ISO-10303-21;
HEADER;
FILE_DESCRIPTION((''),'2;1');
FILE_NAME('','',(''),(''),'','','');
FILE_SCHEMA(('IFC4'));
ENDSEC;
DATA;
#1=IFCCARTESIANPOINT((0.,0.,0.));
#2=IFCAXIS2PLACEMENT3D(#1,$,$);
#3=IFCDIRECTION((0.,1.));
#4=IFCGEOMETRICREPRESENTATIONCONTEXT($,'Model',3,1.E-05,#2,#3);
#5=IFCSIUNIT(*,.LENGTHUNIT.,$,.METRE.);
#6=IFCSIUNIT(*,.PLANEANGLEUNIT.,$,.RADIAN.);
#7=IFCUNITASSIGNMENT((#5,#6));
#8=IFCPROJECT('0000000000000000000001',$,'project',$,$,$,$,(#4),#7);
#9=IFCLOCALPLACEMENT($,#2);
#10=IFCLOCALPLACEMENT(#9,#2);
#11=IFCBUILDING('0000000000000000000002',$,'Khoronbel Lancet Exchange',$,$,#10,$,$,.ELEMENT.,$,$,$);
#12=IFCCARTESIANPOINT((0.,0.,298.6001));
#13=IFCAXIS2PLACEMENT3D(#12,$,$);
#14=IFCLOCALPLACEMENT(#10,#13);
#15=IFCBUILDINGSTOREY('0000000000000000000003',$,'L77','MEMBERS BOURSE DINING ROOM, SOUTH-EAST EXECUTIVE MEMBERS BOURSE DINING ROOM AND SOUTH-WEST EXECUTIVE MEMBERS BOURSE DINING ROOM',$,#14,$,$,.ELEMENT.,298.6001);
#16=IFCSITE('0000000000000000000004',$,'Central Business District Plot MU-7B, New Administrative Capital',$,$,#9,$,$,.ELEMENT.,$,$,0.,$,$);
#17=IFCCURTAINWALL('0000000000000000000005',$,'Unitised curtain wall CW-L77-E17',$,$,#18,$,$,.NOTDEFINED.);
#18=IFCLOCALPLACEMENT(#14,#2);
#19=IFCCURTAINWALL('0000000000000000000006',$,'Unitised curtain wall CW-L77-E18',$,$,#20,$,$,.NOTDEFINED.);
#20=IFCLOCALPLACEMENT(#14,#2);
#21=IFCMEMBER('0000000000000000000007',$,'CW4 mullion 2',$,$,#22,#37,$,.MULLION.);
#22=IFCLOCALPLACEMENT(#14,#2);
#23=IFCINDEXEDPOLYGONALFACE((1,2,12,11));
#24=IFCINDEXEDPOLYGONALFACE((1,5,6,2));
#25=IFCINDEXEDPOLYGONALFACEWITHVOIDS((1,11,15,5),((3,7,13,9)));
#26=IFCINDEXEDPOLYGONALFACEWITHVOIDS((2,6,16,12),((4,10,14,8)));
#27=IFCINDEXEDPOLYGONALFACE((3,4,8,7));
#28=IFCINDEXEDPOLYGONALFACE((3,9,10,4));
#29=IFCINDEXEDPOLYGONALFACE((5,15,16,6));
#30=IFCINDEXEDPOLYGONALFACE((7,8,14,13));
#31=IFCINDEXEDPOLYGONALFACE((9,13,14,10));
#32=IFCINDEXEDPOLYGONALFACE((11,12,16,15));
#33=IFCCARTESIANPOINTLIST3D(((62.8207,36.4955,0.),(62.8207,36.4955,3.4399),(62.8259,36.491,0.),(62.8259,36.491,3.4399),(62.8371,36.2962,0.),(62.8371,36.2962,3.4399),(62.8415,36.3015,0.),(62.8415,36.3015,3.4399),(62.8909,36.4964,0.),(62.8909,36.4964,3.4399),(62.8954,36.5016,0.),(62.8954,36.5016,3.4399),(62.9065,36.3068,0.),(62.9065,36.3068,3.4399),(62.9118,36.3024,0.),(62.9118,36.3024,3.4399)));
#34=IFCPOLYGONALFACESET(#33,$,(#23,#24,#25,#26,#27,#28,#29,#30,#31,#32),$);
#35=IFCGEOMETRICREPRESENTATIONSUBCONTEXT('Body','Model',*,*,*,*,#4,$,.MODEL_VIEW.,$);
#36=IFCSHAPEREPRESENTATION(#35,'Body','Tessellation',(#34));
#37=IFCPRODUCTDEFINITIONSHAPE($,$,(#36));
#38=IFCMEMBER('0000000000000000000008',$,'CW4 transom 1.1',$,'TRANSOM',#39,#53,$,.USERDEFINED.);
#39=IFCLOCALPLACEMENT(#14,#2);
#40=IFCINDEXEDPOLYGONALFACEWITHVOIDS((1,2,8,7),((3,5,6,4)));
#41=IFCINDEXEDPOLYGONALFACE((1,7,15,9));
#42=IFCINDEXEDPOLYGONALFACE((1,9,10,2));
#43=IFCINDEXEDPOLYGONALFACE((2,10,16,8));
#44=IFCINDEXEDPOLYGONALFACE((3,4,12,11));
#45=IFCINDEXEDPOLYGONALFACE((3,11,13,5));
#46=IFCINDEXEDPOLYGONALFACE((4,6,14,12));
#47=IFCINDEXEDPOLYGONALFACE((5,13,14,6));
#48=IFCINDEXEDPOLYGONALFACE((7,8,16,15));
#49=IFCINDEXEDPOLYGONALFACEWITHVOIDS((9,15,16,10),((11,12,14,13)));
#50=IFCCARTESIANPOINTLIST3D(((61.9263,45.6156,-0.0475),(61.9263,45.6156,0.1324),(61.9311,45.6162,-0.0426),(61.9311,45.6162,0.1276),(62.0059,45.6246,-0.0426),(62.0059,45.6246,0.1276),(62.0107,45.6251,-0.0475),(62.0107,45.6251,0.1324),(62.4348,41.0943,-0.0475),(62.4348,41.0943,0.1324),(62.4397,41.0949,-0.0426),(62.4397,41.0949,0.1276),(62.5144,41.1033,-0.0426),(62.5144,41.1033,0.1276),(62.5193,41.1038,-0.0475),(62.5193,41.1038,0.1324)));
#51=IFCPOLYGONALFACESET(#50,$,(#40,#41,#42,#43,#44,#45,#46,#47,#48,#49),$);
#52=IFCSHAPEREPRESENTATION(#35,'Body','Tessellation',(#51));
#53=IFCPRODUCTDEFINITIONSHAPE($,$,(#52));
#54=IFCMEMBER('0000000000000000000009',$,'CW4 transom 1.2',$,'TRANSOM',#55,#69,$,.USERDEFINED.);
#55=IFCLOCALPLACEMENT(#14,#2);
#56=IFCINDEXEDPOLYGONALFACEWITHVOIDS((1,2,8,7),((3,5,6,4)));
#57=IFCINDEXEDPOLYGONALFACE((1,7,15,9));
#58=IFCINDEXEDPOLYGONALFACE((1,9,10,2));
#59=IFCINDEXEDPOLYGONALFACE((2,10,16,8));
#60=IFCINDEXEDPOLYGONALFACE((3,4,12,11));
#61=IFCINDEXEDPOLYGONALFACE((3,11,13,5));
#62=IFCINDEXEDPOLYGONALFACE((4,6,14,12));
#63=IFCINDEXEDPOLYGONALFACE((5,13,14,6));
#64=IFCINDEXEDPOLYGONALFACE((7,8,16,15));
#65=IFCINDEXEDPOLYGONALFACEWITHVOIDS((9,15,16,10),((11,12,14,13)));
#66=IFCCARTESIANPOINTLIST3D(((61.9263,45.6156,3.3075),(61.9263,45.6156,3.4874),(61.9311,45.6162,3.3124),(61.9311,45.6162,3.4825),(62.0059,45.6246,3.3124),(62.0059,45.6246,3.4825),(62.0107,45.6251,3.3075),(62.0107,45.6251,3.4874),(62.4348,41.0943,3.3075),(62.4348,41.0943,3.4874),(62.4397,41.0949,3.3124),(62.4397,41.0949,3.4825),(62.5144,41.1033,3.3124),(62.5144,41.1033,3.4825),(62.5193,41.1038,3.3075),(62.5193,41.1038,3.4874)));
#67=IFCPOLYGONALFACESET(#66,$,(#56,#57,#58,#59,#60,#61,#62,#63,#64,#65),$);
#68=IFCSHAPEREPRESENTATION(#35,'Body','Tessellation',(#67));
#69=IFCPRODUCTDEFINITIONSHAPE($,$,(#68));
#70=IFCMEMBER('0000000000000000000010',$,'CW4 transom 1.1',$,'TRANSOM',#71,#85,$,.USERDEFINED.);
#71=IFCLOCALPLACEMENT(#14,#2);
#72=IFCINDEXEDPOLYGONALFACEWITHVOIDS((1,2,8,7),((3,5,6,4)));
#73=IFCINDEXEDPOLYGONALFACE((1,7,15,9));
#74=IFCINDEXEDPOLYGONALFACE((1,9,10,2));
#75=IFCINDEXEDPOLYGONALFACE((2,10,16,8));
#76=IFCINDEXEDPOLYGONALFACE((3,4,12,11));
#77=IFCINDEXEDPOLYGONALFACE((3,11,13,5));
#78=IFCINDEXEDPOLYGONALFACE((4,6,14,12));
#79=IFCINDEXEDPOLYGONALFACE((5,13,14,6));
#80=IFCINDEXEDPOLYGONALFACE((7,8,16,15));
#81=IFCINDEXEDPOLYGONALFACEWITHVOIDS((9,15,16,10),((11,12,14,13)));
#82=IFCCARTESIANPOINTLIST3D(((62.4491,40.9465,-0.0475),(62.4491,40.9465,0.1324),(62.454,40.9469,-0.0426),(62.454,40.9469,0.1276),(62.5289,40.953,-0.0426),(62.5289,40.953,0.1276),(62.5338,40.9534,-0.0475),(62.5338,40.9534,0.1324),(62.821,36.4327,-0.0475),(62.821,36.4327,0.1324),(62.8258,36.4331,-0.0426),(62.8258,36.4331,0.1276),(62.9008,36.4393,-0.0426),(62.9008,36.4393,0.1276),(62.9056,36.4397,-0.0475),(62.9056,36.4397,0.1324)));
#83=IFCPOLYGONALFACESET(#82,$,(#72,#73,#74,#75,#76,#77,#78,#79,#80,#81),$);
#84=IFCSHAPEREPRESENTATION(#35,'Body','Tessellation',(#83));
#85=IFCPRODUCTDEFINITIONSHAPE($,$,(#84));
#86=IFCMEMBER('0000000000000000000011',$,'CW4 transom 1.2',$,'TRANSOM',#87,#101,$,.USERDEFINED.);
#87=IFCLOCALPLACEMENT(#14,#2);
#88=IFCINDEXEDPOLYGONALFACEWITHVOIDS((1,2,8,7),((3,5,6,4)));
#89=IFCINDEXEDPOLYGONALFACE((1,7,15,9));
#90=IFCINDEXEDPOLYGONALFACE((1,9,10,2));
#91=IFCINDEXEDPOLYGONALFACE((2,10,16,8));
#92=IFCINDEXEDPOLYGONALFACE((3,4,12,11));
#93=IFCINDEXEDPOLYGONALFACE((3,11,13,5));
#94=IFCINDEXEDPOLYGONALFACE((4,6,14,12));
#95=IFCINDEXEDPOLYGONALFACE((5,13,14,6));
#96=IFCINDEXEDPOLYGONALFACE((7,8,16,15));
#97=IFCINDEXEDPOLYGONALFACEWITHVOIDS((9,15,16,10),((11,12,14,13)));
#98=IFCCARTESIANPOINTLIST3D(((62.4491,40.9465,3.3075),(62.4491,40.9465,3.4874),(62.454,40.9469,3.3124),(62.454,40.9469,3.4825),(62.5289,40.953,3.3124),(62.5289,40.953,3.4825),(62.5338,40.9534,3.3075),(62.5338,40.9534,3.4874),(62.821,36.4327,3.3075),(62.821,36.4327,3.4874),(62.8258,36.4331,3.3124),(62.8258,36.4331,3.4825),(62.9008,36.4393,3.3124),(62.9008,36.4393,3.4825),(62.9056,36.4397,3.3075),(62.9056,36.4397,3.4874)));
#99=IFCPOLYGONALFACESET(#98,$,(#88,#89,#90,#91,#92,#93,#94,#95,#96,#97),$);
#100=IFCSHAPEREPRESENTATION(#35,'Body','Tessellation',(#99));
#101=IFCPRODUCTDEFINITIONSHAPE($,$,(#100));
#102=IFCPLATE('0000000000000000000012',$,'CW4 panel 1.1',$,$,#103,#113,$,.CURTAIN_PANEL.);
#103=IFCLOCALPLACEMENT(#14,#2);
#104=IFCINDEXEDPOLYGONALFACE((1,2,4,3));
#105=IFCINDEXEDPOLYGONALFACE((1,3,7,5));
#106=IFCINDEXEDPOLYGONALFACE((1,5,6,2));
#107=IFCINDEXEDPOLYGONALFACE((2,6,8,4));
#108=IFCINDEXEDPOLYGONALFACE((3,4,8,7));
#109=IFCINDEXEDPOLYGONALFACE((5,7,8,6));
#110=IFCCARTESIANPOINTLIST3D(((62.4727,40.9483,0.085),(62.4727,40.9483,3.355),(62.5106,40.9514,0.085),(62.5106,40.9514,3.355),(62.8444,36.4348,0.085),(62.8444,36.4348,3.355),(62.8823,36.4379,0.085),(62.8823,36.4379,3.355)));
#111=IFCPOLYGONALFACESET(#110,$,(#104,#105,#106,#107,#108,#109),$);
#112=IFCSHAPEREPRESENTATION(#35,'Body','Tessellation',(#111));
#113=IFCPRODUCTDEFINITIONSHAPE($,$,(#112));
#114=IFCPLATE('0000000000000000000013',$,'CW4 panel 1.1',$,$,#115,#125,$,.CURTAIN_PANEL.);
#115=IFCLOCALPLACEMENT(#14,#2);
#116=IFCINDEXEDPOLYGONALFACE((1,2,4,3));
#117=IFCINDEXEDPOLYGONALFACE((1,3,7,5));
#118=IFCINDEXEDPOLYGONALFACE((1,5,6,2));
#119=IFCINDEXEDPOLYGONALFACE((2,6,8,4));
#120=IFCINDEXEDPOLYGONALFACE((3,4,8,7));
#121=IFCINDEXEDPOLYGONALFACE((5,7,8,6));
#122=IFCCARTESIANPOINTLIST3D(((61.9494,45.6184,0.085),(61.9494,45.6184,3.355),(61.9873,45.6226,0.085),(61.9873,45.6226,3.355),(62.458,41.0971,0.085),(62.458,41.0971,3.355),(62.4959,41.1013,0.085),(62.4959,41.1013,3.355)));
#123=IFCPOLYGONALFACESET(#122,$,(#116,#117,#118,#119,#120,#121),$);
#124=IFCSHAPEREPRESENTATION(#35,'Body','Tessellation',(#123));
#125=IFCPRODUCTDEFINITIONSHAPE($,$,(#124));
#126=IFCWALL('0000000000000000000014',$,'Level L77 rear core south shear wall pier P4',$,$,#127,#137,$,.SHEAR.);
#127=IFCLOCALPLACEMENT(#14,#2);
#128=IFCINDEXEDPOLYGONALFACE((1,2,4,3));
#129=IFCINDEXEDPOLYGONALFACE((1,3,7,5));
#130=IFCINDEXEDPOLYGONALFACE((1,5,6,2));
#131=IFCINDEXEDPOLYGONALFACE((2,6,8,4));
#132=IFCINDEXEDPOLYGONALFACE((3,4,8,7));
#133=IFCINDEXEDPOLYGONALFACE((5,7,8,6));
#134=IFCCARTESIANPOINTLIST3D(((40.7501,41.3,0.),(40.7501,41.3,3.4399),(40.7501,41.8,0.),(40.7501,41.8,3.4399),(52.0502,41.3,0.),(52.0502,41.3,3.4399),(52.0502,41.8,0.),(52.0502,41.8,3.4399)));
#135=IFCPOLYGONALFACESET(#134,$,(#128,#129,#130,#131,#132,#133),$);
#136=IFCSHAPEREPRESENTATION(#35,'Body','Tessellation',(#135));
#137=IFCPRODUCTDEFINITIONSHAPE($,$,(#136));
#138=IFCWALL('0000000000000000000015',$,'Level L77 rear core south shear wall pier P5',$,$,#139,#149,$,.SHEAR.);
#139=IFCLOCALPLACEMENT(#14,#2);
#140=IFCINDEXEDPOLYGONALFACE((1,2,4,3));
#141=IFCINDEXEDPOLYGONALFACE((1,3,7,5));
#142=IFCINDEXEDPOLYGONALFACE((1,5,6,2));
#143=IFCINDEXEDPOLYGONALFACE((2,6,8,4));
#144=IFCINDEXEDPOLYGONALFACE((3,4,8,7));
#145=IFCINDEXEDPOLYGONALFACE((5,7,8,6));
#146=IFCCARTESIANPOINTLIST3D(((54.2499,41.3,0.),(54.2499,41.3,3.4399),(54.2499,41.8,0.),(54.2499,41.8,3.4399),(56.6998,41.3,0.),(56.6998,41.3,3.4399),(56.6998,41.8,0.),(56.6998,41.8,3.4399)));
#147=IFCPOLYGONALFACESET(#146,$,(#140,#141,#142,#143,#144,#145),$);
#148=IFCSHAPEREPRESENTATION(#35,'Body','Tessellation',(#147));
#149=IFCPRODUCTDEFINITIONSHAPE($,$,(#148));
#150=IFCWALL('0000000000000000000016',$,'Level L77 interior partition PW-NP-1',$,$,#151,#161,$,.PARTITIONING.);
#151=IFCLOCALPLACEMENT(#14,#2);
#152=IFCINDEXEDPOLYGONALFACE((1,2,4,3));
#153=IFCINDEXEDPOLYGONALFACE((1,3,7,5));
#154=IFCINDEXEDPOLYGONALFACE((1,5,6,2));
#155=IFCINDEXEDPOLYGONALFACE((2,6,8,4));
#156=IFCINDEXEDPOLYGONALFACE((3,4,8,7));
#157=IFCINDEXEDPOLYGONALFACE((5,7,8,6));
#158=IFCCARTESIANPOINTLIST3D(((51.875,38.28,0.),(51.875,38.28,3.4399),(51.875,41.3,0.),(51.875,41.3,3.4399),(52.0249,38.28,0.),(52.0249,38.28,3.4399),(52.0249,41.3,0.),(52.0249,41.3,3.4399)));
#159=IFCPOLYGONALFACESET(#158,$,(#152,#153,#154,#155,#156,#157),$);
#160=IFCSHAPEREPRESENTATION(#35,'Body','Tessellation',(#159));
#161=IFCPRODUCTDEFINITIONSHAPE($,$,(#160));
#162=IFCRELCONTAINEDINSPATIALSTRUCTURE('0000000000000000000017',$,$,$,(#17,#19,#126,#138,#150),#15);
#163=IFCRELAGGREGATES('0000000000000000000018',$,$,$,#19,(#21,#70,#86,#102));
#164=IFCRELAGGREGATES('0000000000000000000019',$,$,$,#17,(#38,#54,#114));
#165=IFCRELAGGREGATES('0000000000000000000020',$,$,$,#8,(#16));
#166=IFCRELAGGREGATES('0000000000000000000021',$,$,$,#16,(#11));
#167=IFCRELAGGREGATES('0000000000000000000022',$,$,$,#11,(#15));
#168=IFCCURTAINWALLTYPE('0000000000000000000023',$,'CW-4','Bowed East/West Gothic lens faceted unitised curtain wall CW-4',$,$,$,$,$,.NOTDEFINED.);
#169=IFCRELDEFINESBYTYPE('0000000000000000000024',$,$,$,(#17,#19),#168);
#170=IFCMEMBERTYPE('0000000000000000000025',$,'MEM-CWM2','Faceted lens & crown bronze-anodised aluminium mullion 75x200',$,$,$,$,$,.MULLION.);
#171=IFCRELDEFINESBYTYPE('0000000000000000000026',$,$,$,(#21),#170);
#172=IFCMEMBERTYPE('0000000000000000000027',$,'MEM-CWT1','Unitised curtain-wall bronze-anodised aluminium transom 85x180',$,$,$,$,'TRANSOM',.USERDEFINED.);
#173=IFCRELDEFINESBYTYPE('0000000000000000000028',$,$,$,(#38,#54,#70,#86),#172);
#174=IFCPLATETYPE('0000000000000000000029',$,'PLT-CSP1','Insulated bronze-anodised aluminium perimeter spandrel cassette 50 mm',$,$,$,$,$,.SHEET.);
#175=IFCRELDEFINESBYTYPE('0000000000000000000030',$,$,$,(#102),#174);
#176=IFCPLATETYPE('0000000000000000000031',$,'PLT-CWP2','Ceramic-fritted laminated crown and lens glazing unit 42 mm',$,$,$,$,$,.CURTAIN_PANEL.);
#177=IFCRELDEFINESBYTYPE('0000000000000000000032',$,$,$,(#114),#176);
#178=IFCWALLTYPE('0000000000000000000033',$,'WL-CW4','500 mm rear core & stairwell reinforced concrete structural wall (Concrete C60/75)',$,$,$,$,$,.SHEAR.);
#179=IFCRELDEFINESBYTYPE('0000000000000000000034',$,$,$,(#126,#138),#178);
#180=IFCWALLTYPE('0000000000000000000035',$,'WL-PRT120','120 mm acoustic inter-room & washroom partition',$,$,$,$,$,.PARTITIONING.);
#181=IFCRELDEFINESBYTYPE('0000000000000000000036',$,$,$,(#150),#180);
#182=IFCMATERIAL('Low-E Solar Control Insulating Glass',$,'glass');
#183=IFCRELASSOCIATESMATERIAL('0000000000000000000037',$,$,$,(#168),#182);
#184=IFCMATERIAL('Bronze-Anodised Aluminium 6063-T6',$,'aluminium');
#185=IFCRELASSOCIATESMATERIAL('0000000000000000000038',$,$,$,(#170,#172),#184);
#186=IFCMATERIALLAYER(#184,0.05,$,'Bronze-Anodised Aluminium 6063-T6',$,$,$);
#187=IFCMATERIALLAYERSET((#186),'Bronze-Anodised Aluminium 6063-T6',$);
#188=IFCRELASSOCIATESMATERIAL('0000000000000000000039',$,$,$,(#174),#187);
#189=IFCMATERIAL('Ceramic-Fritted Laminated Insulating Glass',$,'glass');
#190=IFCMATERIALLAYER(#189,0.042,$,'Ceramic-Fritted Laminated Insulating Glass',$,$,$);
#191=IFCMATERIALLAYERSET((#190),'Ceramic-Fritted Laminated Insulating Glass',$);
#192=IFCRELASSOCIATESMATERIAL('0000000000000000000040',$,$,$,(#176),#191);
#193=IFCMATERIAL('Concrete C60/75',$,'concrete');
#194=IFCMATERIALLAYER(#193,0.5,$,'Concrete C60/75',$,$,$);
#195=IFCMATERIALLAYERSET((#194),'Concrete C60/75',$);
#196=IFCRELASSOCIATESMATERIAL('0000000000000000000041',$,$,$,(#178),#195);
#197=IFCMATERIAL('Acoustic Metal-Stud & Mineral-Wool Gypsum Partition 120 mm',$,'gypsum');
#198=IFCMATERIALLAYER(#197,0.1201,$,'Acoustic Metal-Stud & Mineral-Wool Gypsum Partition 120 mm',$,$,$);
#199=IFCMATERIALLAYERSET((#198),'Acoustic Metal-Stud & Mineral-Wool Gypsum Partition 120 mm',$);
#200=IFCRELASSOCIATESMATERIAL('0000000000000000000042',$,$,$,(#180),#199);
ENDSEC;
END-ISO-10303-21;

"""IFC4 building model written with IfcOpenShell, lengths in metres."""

from ifc_helpers import new_model, si_unit, direction, frame, frame_2d, origin, origin_2d, place, context, subcontext, project, spatial, rectangle, hollow_rectangle, extrude, material, layer, layer_set, material_profile, profile_set, type_object, element, aggregate, save


model = new_model("IFC4")

# Units and contexts
model_context = context("Model", 3, precision=1e-05, world=origin(), true_north=direction((0.0, 1.0)))
body_context = subcontext(model_context, "Body", "Model", "MODEL_VIEW")
ifc_project = project(units=[si_unit("LENGTHUNIT", "METRE"), si_unit("PLANEANGLEUNIT", "RADIAN")], contexts=[model_context])

# Site, building, storey
site_placement = place(None, origin())
site = spatial("IfcSite", under=ifc_project, at=site_placement, Name="Central Business District Plot MU-7B, New Administrative Capital", CompositionType="ELEMENT", RefElevation=0.0)
building_placement = place(site_placement, origin())
building = spatial("IfcBuilding", under=site, at=building_placement, Name="Khoronbel Lancet Exchange", CompositionType="ELEMENT")
storey_placement = place(building_placement, frame((0.0, 0.0, 298.6001)))
storey = spatial("IfcBuildingStorey", under=building, at=storey_placement, Name="L77", Description="MEMBERS BOURSE DINING ROOM, SOUTH-EAST EXECUTIVE MEMBERS BOURSE DINING ROOM AND SOUTH-WEST EXECUTIVE MEMBERS BOURSE DINING ROOM", CompositionType="ELEMENT", Elevation=298.6001)

# Shared definitions
ifc_material_1 = material(Name="Concrete C60/75", Category="concrete")

# Curtain walls, member
ifc_material_2 = material(Name="Low-E Solar Control Insulating Glass", Category="glass")
curtain_wall_type = type_object("IfcCurtainWallType", Name="CW-4", Description="Bowed East/West Gothic lens faceted unitised curtain wall CW-4", PredefinedType="NOTDEFINED", material=ifc_material_2)
curtain_wall_1_placement = place(storey_placement, origin())
curtain_wall_1 = element("IfcCurtainWall", 1, at=curtain_wall_1_placement, inside=storey, type_object=curtain_wall_type, Name="Unitised curtain wall CW-L77-E17", PredefinedType="NOTDEFINED")
ifc_material_3 = material(Name="Bronze-Anodised Aluminium 6063-T6", Category="aluminium")
ifc_material_profile_1 = material_profile(ifc_material_3, hollow_rectangle(XDim=0.075, YDim=0.2, WallThickness=0.0049, at=origin_2d()), Name="ALU MULLION 75x200")
ifc_profile_set_1 = profile_set([ifc_material_profile_1], Name="Bronze-Anodised Aluminium 6063-T6")
member_type_1 = type_object("IfcMemberType", Name="MEM-CWM2", Description="Faceted lens & crown bronze-anodised aluminium mullion 75x200", PredefinedType="MULLION", material=ifc_profile_set_1)
curtain_wall_2_placement = place(storey_placement, origin())
curtain_wall_2 = element("IfcCurtainWall", 2, at=curtain_wall_2_placement, inside=storey, type_object=curtain_wall_type, Name="Unitised curtain wall CW-L77-E18", PredefinedType="NOTDEFINED")
member_1_placement = place(storey_placement, frame((62.8662, 36.3989, 0.0), z_axis=(0.0, 0.0, 1.0), x_axis=(0.996626, 0.082073, 0.0)))
member_1 = element("IfcMember", 3, at=member_1_placement, type_object=member_type_1, Name="CW4 mullion 2", PredefinedType="MULLION", context=body_context, shape_type="SweptSolid", body=[
    extrude(hollow_rectangle(XDim=0.075, YDim=0.2, WallThickness=0.0049, at=origin_2d()), origin(), (0.0, 0.0, 1.0), 3.4399),
])

# Members
ifc_material_profile_2 = material_profile(ifc_material_3, hollow_rectangle(XDim=0.085, YDim=0.1799, WallThickness=0.0049, at=origin_2d()), Name="ALU TRANSOM 85x180")
ifc_profile_set_2 = profile_set([ifc_material_profile_2], Name="Bronze-Anodised Aluminium 6063-T6")
member_type_2 = type_object("IfcMemberType", Name="MEM-CWT1", Description="Unitised curtain-wall bronze-anodised aluminium transom 85x180", ElementType="TRANSOM", PredefinedType="USERDEFINED", material=ifc_profile_set_2)
member_2_placement = place(storey_placement, frame((61.9685, 45.6204, 0.0425), z_axis=(0.111774, -0.993734, 0.0), x_axis=(0.993734, 0.111774, 0.0)))
member_2 = element("IfcMember", 4, at=member_2_placement, type_object=member_type_2, Name="CW4 transom 1.1", ObjectType="TRANSOM", PredefinedType="USERDEFINED", context=body_context, shape_type="SweptSolid", body=[
    extrude(hollow_rectangle(XDim=0.085, YDim=0.1799, WallThickness=0.0049, at=origin_2d()), origin(), (0.0, 0.0, 1.0), 4.5498),
])
member_3_placement = place(storey_placement, frame((61.9685, 45.6204, 3.3975), z_axis=(0.111774, -0.993734, 0.0), x_axis=(0.993734, 0.111774, 0.0)))
member_3 = element("IfcMember", 5, at=member_3_placement, type_object=member_type_2, Name="CW4 transom 1.2", ObjectType="TRANSOM", PredefinedType="USERDEFINED", context=body_context, shape_type="SweptSolid", body=[
    extrude(hollow_rectangle(XDim=0.085, YDim=0.1799, WallThickness=0.0049, at=origin_2d()), origin(), (0.0, 0.0, 1.0), 4.5498),
])
member_4_placement = place(storey_placement, frame((62.4915, 40.95, 0.0425), z_axis=(0.0821, -0.996624, 0.0), x_axis=(0.996624, 0.0821, 0.0)))
member_4 = element("IfcMember", 6, at=member_4_placement, type_object=member_type_2, Name="CW4 transom 1.1", ObjectType="TRANSOM", PredefinedType="USERDEFINED", context=body_context, shape_type="SweptSolid", body=[
    extrude(hollow_rectangle(XDim=0.085, YDim=0.1799, WallThickness=0.0049, at=origin_2d()), origin(), (0.0, 0.0, 1.0), 4.5291),
])
member_5_placement = place(storey_placement, frame((62.4915, 40.95, 3.3975), z_axis=(0.0821, -0.996624, 0.0), x_axis=(0.996624, 0.0821, 0.0)))
member_5 = element("IfcMember", 7, at=member_5_placement, type_object=member_type_2, Name="CW4 transom 1.2", ObjectType="TRANSOM", PredefinedType="USERDEFINED", context=body_context, shape_type="SweptSolid", body=[
    extrude(hollow_rectangle(XDim=0.085, YDim=0.1799, WallThickness=0.0049, at=origin_2d()), origin(), (0.0, 0.0, 1.0), 4.5291),
])

# Plates
ifc_layer_1 = layer(ifc_material_3, 0.05, Name="Bronze-Anodised Aluminium 6063-T6")
ifc_layer_set_1 = layer_set([ifc_layer_1], Name="Bronze-Anodised Aluminium 6063-T6")
plate_type_1 = type_object("IfcPlateType", Name="PLT-CSP1", Description="Insulated bronze-anodised aluminium perimeter spandrel cassette 50 mm", PredefinedType="SHEET", material=ifc_layer_set_1)
plate_1_placement = place(storey_placement, frame((62.6775, 38.6931, 0.085), z_axis=(0.0, 0.0, 1.0), x_axis=(0.082073, -0.996626, 0.0)))
plate_1 = element("IfcPlate", 8, at=plate_1_placement, type_object=plate_type_1, Name="CW4 panel 1.1", PredefinedType="CURTAIN_PANEL", context=body_context, shape_type="SweptSolid", body=[
    extrude(rectangle(XDim=4.5288, YDim=0.0381, at=origin_2d()), origin(), (0.0, 0.0, 1.0), 3.27),
])
aggregate(curtain_wall_2, [member_1, member_4, member_5, plate_1])
ifc_material_4 = material(Name="Ceramic-Fritted Laminated Insulating Glass", Category="glass")
ifc_layer_2 = layer(ifc_material_4, 0.042, Name="Ceramic-Fritted Laminated Insulating Glass")
ifc_layer_set_2 = layer_set([ifc_layer_2], Name="Ceramic-Fritted Laminated Insulating Glass")
plate_type_2 = type_object("IfcPlateType", Name="PLT-CWP2", Description="Ceramic-fritted laminated crown and lens glazing unit 42 mm", PredefinedType="CURTAIN_PANEL", material=ifc_layer_set_2)
plate_2_placement = place(storey_placement, frame((62.2227, 43.3599, 0.085), z_axis=(0.0, 0.0, 1.0), x_axis=(0.111791, -0.993732, 0.0)))
plate_2 = element("IfcPlate", 9, at=plate_2_placement, type_object=plate_type_2, Name="CW4 panel 1.1", PredefinedType="CURTAIN_PANEL", context=body_context, shape_type="SweptSolid", body=[
    extrude(rectangle(XDim=4.5498, YDim=0.0381, at=origin_2d()), origin(), (0.0, 0.0, 1.0), 3.27),
])
aggregate(curtain_wall_1, [member_2, member_3, plate_2])

# Walls
ifc_layer_3 = layer(ifc_material_1, 0.5, Name="Concrete C60/75")
ifc_layer_set_3 = layer_set([ifc_layer_3], Name="Concrete C60/75")
wall_type_1 = type_object("IfcWallType", Name="WL-CW4", Description="500 mm rear core & stairwell reinforced concrete structural wall (Concrete C60/75)", PredefinedType="SHEAR", material=ifc_layer_set_3)
wall_1_placement = place(storey_placement, frame((52.05, 41.55, 0.0), z_axis=(0.0, 0.0, 1.0), x_axis=(-1.0, 0.0, 0.0)))
element("IfcWall", 10, at=wall_1_placement, inside=storey, type_object=wall_type_1, Name="Level L77 rear core south shear wall pier P4", PredefinedType="SHEAR", context=body_context, shape_type="SweptSolid", body=[
    extrude(rectangle(XDim=11.3, YDim=0.5, at=frame_2d((5.6499, 0.0))), origin(), (0.0, 0.0, 1.0), 3.4399),
])
wall_2_placement = place(storey_placement, frame((56.7, 41.55, 0.0), z_axis=(0.0, 0.0, 1.0), x_axis=(-1.0, 0.0, 0.0)))
element("IfcWall", 11, at=wall_2_placement, inside=storey, type_object=wall_type_1, Name="Level L77 rear core south shear wall pier P5", PredefinedType="SHEAR", context=body_context, shape_type="SweptSolid", body=[
    extrude(rectangle(XDim=2.45, YDim=0.5, at=frame_2d((1.2251, 0.0))), origin(), (0.0, 0.0, 1.0), 3.4399),
])
ifc_material_5 = material(Name="Acoustic Metal-Stud & Mineral-Wool Gypsum Partition 120 mm", Category="gypsum")
ifc_layer_4 = layer(ifc_material_5, 0.1201, Name="Acoustic Metal-Stud & Mineral-Wool Gypsum Partition 120 mm")
ifc_layer_set_4 = layer_set([ifc_layer_4], Name="Acoustic Metal-Stud & Mineral-Wool Gypsum Partition 120 mm")
wall_type_2 = type_object("IfcWallType", Name="WL-PRT120", Description="120 mm acoustic inter-room & washroom partition", PredefinedType="PARTITIONING", material=ifc_layer_set_4)
wall_3_placement = place(storey_placement, frame((51.95, 38.28, 0.0), z_axis=(0.0, 0.0, 1.0), x_axis=(0.0, 1.0, 0.0)))
element("IfcWall", 12, at=wall_3_placement, inside=storey, type_object=wall_type_2, Name="Level L77 interior partition PW-NP-1", PredefinedType="PARTITIONING", context=body_context, shape_type="SweptSolid", body=[
    extrude(rectangle(XDim=3.02, YDim=0.1499, at=frame_2d((1.51, 0.0))), origin(), (0.0, 0.0, 1.0), 3.4399),
])

save(model, "model.ifc")
